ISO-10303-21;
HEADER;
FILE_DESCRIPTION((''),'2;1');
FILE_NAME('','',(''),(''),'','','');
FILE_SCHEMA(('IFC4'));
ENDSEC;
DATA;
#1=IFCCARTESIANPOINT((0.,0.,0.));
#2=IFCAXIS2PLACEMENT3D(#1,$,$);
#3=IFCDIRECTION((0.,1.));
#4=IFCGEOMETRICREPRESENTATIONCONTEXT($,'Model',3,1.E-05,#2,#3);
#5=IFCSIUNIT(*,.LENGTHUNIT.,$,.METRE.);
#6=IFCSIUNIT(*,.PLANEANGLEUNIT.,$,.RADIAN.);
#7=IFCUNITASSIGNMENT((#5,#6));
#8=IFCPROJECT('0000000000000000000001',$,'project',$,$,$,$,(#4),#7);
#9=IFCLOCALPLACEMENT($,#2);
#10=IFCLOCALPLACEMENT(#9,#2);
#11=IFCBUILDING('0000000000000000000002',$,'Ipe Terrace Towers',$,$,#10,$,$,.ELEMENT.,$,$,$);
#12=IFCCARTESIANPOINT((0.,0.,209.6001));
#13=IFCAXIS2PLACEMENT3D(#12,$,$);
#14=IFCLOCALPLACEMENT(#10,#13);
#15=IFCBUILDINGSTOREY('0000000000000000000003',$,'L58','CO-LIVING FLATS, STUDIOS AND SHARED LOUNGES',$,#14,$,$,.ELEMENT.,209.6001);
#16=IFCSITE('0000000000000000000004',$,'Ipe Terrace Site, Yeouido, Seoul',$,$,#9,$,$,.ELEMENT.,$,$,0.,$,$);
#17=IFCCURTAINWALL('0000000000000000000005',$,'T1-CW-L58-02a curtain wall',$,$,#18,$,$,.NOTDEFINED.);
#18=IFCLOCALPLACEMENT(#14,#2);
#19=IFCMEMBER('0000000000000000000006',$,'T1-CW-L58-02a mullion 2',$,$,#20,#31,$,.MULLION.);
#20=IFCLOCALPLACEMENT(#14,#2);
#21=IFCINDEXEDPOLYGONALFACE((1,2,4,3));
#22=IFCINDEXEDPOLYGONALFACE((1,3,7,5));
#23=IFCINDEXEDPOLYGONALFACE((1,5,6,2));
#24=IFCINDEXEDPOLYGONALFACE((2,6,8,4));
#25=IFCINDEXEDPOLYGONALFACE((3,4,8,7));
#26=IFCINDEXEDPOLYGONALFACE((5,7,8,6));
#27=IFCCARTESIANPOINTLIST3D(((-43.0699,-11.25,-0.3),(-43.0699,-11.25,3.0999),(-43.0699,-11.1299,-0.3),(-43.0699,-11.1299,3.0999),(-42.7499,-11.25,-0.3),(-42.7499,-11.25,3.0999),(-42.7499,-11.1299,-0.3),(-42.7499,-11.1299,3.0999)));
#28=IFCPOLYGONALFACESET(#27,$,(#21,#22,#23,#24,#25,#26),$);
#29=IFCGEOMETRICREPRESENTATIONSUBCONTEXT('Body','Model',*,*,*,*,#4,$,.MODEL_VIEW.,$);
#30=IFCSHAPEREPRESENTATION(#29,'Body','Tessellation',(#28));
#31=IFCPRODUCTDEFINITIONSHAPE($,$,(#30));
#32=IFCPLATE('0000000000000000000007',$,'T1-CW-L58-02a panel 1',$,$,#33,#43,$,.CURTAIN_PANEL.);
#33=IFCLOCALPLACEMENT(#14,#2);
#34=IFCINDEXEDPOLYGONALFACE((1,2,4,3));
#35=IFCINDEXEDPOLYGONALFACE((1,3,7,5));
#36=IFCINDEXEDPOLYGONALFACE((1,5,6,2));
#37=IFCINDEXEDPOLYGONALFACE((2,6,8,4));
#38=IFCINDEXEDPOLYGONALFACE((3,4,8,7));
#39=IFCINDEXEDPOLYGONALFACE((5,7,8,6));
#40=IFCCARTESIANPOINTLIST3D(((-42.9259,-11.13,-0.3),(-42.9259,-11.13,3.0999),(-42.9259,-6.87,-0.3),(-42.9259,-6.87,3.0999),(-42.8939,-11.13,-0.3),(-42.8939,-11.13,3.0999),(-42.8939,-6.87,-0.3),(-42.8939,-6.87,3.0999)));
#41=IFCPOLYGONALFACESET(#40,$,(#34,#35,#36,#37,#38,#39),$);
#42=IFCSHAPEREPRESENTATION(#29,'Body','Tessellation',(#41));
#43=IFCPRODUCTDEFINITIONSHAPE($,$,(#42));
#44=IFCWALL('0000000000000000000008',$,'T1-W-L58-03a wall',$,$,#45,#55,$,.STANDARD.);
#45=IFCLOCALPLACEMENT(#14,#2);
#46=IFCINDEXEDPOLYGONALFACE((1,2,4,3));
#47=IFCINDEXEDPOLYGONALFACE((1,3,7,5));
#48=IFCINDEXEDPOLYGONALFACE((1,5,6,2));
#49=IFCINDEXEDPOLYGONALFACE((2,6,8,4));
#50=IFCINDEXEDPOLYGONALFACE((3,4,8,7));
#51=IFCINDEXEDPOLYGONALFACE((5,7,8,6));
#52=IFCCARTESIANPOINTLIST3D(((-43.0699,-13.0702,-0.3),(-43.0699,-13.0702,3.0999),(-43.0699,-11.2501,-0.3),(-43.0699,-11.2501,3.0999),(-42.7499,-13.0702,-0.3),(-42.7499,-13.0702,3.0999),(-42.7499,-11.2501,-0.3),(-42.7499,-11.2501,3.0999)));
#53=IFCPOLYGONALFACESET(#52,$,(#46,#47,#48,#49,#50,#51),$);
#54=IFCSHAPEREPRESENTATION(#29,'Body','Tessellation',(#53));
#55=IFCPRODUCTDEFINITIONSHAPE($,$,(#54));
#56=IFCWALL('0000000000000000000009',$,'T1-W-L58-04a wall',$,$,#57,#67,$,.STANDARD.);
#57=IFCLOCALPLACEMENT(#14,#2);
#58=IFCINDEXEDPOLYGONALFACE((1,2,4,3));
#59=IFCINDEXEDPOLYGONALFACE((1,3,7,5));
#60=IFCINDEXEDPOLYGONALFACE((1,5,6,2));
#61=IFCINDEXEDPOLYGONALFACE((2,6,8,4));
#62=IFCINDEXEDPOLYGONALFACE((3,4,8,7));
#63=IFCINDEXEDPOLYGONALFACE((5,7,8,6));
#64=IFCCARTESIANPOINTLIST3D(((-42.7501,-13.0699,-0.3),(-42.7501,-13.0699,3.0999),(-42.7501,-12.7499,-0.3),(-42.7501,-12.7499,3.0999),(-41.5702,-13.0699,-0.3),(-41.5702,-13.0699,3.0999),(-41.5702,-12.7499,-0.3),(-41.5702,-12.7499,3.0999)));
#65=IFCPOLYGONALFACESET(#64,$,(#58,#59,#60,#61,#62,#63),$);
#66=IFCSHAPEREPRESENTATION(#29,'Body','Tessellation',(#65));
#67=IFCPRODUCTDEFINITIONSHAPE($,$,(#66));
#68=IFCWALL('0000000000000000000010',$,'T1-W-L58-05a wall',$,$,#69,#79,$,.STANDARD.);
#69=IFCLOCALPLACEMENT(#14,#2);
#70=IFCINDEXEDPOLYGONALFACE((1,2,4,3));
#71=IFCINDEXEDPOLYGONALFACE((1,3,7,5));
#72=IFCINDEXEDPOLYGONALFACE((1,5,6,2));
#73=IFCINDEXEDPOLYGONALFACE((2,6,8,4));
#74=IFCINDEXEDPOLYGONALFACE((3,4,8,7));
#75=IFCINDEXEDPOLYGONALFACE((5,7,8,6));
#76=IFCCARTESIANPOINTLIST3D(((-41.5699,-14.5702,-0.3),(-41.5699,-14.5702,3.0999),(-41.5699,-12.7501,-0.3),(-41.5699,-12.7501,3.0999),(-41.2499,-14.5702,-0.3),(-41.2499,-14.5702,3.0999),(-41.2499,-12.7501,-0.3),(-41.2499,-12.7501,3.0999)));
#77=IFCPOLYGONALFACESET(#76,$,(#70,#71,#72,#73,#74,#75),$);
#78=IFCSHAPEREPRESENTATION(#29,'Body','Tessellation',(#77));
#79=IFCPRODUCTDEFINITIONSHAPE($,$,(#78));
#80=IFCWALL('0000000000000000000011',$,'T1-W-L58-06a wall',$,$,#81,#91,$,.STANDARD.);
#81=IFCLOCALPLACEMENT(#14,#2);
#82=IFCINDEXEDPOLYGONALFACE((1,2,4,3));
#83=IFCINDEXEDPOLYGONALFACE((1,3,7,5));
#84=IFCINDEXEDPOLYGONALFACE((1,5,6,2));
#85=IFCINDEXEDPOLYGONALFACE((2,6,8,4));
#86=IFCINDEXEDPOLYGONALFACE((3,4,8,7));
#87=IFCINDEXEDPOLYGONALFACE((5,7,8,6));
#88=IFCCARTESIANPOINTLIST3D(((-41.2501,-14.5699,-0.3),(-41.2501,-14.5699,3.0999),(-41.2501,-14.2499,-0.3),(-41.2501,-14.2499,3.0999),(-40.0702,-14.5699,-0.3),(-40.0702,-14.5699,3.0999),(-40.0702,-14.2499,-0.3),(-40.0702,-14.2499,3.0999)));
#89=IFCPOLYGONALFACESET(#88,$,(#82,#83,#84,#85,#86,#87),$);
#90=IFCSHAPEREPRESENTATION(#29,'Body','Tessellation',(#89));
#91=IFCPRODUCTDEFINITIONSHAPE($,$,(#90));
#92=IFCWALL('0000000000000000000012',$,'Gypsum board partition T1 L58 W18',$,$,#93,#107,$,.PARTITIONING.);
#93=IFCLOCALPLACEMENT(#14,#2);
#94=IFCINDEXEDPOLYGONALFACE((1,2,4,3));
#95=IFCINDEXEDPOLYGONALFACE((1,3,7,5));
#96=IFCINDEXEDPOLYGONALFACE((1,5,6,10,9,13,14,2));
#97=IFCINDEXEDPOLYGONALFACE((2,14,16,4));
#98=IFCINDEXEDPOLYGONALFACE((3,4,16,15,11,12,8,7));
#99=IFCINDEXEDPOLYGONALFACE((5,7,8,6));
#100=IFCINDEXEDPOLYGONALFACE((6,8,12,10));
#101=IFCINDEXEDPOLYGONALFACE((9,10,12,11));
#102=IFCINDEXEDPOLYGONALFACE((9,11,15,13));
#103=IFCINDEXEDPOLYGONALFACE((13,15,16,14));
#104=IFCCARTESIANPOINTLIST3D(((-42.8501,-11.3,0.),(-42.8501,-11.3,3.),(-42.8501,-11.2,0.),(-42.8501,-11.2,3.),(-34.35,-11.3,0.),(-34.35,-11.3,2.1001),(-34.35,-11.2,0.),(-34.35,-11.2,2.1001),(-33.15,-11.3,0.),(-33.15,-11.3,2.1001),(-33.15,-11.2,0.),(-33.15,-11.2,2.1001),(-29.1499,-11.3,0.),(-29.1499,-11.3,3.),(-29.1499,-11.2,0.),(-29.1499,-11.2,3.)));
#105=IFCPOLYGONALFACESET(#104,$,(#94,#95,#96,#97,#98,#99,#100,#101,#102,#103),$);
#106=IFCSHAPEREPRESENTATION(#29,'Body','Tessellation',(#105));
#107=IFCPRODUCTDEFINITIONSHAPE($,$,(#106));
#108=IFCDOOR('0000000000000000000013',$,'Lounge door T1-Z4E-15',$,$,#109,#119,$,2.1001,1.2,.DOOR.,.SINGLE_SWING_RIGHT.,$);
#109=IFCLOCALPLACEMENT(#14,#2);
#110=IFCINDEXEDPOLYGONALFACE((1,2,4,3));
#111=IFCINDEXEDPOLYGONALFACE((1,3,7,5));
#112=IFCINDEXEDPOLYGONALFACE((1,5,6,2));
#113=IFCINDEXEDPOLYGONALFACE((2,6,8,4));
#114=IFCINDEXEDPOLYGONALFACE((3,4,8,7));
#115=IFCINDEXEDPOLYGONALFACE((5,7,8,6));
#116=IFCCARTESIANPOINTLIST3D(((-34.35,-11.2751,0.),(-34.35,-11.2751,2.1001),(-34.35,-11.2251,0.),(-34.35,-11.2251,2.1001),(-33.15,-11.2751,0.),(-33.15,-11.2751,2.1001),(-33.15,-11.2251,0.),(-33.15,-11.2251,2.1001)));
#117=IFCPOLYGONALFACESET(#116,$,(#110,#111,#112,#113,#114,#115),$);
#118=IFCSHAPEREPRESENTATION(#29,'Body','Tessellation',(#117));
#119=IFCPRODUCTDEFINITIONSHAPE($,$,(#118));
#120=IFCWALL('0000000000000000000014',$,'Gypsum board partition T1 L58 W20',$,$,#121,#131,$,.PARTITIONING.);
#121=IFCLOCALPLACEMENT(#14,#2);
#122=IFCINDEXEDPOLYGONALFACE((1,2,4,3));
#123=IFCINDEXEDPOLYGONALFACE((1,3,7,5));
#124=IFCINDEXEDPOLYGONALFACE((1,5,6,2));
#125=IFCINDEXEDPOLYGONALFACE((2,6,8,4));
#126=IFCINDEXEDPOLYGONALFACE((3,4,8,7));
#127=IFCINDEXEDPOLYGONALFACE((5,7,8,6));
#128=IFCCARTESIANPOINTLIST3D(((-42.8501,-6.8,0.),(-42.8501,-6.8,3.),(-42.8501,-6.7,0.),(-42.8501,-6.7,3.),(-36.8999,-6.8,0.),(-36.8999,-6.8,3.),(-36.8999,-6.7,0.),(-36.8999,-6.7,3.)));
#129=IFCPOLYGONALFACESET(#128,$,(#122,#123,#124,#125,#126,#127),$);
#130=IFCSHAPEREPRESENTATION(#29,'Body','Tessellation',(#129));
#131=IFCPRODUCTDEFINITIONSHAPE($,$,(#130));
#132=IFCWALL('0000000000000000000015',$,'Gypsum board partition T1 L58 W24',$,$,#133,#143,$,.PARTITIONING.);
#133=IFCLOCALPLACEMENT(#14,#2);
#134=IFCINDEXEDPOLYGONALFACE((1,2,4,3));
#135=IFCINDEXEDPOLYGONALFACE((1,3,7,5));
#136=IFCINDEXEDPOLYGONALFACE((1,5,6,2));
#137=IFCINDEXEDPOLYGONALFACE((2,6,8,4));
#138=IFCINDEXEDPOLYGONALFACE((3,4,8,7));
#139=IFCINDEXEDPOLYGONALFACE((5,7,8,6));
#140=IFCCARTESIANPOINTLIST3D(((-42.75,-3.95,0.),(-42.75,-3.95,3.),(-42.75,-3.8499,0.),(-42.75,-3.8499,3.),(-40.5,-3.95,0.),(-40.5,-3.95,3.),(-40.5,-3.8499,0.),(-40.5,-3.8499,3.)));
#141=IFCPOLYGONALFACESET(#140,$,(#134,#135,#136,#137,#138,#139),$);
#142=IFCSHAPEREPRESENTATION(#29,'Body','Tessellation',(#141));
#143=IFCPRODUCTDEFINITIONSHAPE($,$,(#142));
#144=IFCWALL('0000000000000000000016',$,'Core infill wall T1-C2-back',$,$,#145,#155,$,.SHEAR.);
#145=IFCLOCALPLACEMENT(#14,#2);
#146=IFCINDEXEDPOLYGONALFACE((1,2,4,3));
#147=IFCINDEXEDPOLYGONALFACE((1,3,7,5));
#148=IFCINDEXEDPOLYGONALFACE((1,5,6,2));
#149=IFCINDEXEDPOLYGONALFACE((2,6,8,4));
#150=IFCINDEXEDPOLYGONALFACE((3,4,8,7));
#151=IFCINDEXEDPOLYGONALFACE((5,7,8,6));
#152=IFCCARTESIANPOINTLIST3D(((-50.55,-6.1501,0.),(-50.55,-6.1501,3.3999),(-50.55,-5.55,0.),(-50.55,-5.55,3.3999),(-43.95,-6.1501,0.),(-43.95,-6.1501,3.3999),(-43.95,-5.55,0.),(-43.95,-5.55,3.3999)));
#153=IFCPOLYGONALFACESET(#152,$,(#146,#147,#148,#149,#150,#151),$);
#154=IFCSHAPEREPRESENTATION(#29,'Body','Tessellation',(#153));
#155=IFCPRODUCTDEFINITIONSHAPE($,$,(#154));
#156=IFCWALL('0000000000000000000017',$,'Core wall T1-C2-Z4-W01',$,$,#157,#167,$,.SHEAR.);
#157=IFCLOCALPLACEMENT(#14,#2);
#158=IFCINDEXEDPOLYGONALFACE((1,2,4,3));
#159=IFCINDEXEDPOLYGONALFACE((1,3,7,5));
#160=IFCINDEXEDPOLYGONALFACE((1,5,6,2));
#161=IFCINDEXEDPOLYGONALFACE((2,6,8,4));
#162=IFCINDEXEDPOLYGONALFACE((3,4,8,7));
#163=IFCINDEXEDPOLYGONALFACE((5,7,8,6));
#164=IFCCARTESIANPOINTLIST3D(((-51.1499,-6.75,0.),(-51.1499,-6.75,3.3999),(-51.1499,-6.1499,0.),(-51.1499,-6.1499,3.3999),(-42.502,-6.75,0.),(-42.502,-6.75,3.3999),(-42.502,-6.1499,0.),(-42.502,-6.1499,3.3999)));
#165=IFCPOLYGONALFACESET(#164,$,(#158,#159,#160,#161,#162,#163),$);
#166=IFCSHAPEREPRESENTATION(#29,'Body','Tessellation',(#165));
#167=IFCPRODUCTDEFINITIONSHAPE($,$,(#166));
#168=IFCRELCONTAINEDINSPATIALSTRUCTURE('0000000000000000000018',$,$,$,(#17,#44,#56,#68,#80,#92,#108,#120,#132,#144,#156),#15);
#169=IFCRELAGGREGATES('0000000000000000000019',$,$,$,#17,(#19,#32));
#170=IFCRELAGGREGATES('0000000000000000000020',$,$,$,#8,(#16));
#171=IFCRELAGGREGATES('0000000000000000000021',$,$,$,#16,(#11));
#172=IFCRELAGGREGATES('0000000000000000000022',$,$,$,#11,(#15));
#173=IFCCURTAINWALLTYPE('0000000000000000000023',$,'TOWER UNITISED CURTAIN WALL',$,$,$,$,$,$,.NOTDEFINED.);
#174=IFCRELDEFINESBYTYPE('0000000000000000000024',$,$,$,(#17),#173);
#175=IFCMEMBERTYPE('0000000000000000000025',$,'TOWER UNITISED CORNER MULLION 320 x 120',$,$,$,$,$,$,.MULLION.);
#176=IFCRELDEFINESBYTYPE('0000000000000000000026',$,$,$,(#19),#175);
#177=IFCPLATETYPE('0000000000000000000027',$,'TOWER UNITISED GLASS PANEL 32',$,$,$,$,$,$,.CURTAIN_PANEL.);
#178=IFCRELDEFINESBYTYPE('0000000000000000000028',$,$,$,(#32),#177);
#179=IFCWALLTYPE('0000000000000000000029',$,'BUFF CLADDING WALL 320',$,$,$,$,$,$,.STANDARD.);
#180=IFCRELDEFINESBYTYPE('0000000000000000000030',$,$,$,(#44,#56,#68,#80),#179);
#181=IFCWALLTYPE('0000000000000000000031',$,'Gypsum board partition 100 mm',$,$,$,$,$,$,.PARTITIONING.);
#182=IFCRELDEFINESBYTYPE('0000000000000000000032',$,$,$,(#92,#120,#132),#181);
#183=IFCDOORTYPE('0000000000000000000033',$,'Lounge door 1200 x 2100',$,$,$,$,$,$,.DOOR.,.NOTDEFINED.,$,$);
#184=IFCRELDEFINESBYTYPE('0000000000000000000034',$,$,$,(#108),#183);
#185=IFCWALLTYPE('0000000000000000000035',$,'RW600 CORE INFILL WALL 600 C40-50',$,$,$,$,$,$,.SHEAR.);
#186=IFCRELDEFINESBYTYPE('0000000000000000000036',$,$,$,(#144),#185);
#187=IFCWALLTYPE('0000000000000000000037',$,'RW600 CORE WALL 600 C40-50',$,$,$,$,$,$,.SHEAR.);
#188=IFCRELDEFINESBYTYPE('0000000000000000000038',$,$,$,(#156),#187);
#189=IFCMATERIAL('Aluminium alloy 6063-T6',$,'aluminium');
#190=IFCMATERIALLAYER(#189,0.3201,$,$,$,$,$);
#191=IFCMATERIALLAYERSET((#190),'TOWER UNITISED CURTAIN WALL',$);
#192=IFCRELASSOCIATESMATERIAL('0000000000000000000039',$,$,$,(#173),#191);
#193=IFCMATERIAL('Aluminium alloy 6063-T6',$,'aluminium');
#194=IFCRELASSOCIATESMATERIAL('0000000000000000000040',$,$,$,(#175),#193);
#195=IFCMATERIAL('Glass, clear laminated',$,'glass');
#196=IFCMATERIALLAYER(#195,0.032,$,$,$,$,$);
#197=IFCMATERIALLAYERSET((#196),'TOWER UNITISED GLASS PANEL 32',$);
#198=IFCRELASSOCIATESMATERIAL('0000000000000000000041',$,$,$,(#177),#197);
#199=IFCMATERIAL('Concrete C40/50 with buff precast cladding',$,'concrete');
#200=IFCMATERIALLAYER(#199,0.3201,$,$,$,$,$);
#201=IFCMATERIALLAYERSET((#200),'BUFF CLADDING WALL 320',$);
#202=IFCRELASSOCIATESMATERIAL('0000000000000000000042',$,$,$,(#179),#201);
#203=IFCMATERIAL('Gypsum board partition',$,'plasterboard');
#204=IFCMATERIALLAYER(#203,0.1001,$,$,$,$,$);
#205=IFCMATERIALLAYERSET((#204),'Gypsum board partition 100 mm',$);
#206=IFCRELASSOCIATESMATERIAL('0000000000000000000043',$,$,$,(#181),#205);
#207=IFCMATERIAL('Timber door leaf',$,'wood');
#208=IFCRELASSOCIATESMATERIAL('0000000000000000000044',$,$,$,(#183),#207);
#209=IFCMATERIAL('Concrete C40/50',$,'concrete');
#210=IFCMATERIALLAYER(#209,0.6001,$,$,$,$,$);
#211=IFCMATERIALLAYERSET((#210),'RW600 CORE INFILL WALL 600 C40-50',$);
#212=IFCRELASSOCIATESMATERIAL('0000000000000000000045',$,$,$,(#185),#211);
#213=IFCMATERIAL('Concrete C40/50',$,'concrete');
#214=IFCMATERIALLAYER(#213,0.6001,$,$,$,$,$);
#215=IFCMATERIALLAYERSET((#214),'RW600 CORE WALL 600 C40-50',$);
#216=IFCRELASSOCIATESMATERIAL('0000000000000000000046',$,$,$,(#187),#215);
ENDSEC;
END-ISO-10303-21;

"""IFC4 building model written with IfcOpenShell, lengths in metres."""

from ifc_helpers import new_model, si_unit, direction, frame, frame_2d, origin, origin_2d, place, context, subcontext, project, spatial, rectangle, extrude, material, layer, layer_set, material_profile, profile_set, type_object, element, fill, aggregate, save


model = new_model("IFC4")

# Units and contexts
model_context = context("Model", 3, precision=1e-05, world=origin(), true_north=direction((0.0, 1.0)))
body_context = subcontext(model_context, "Body", "Model", "MODEL_VIEW")
ifc_project = project(units=[si_unit("LENGTHUNIT", "METRE"), si_unit("PLANEANGLEUNIT", "RADIAN")], contexts=[model_context])

# Site, building, storey
site_placement = place(None, origin())
site = spatial("IfcSite", under=ifc_project, at=site_placement, Name="Ipe Terrace Site, Yeouido, Seoul", CompositionType="ELEMENT", RefElevation=0.0)
building_placement = place(site_placement, origin())
building = spatial("IfcBuilding", under=site, at=building_placement, Name="Ipe Terrace Towers", CompositionType="ELEMENT")
storey_placement = place(building_placement, frame((0.0, 0.0, 209.6001)))
storey = spatial("IfcBuildingStorey", under=building, at=storey_placement, Name="L58", Description="CO-LIVING FLATS, STUDIOS AND SHARED LOUNGES", CompositionType="ELEMENT", Elevation=209.6001)

# Curtain wall, member, plate
ifc_material_1 = material(Name="Aluminium alloy 6063-T6", Category="aluminium")
ifc_layer_1 = layer(ifc_material_1, 0.3201)
ifc_layer_set_1 = layer_set([ifc_layer_1], Name="TOWER UNITISED CURTAIN WALL")
curtain_wall_type = type_object("IfcCurtainWallType", Name="TOWER UNITISED CURTAIN WALL", PredefinedType="NOTDEFINED", material=ifc_layer_set_1)
curtain_wall_placement = place(storey_placement, origin())
curtain_wall = element("IfcCurtainWall", 1, at=curtain_wall_placement, inside=storey, type_object=curtain_wall_type, Name="T1-CW-L58-02a curtain wall", PredefinedType="NOTDEFINED")
ifc_material_2 = material(Name="Aluminium alloy 6063-T6", Category="aluminium")
ifc_material_profile_1 = material_profile(ifc_material_2, rectangle(XDim=0.3201, YDim=0.1201, at=origin_2d()), Name="TOWER UNITISED CORNER MULLION 320 x 120")
ifc_profile_set_1 = profile_set([ifc_material_profile_1], Name="Aluminium alloy 6063-T6")
member_type = type_object("IfcMemberType", Name="TOWER UNITISED CORNER MULLION 320 x 120", PredefinedType="MULLION", material=ifc_profile_set_1)
member_1_placement = place(storey_placement, frame((-42.9099, -11.1899, -0.3), z_axis=(0.0, 0.0, 1.0), x_axis=(-1.0, 0.0, 0.0)))
member_1 = element("IfcMember", 2, at=member_1_placement, type_object=member_type, Name="T1-CW-L58-02a mullion 2", PredefinedType="MULLION", context=body_context, shape_type="SweptSolid", body=[
    extrude(rectangle(XDim=0.3201, YDim=0.1201, at=origin_2d()), origin(), (0.0, 0.0, 1.0), 3.3999),
])
ifc_material_3 = material(Name="Glass, clear laminated", Category="glass")
ifc_layer_2 = layer(ifc_material_3, 0.032)
ifc_layer_set_2 = layer_set([ifc_layer_2], Name="TOWER UNITISED GLASS PANEL 32")
plate_type = type_object("IfcPlateType", Name="TOWER UNITISED GLASS PANEL 32", PredefinedType="CURTAIN_PANEL", material=ifc_layer_set_2)
plate_placement = place(storey_placement, frame((-42.9099, -9.0, -0.3), z_axis=(0.0, 0.0, 1.0), x_axis=(0.0, -1.0, 0.0)))
plate = element("IfcPlate", 3, at=plate_placement, type_object=plate_type, Name="T1-CW-L58-02a panel 1", PredefinedType="CURTAIN_PANEL", context=body_context, shape_type="SweptSolid", body=[
    extrude(rectangle(XDim=4.26, YDim=0.032, at=origin_2d()), origin(), (0.0, 0.0, 1.0), 3.3999),
])
aggregate(curtain_wall, [member_1, plate])

# Walls
ifc_material_4 = material(Name="Concrete C40/50 with buff precast cladding", Category="concrete")
ifc_layer_3 = layer(ifc_material_4, 0.3201)
ifc_layer_set_3 = layer_set([ifc_layer_3], Name="BUFF CLADDING WALL 320")
wall_type_1 = type_object("IfcWallType", Name="BUFF CLADDING WALL 320", PredefinedType="STANDARD", material=ifc_layer_set_3)
wall_1_placement = place(storey_placement, frame((-42.9099, -11.25, -0.3), z_axis=(0.0, 0.0, 1.0), x_axis=(0.0, -1.0, 0.0)))
element("IfcWall", 4, at=wall_1_placement, inside=storey, type_object=wall_type_1, Name="T1-W-L58-03a wall", PredefinedType="STANDARD", context=body_context, shape_type="SweptSolid", body=[
    extrude(rectangle(XDim=1.8201, YDim=0.3201, at=frame_2d((0.9102, 0.0))), origin(), (0.0, 0.0, 1.0), 3.3999),
])
wall_2_placement = place(storey_placement, frame((-42.75, -12.9099, -0.3), z_axis=(0.0, 0.0, 1.0), x_axis=(1.0, 0.0, 0.0)))
element("IfcWall", 5, at=wall_2_placement, inside=storey, type_object=wall_type_1, Name="T1-W-L58-04a wall", PredefinedType="STANDARD", context=body_context, shape_type="SweptSolid", body=[
    extrude(rectangle(XDim=1.1799, YDim=0.3201, at=frame_2d((0.5898, 0.0))), origin(), (0.0, 0.0, 1.0), 3.3999),
])
wall_3_placement = place(storey_placement, frame((-41.4099, -12.75, -0.3), z_axis=(0.0, 0.0, 1.0), x_axis=(0.0, -1.0, 0.0)))
element("IfcWall", 6, at=wall_3_placement, inside=storey, type_object=wall_type_1, Name="T1-W-L58-05a wall", PredefinedType="STANDARD", context=body_context, shape_type="SweptSolid", body=[
    extrude(rectangle(XDim=1.8201, YDim=0.3201, at=frame_2d((0.9102, 0.0))), origin(), (0.0, 0.0, 1.0), 3.3999),
])
wall_4_placement = place(storey_placement, frame((-41.25, -14.4099, -0.3), z_axis=(0.0, 0.0, 1.0), x_axis=(1.0, 0.0, 0.0)))
element("IfcWall", 7, at=wall_4_placement, inside=storey, type_object=wall_type_1, Name="T1-W-L58-06a wall", PredefinedType="STANDARD", context=body_context, shape_type="SweptSolid", body=[
    extrude(rectangle(XDim=1.1799, YDim=0.3201, at=frame_2d((0.5898, 0.0))), origin(), (0.0, 0.0, 1.0), 3.3999),
])

# Wall, opening, door
ifc_material_5 = material(Name="Gypsum board partition", Category="plasterboard")
ifc_layer_4 = layer(ifc_material_5, 0.1001)
ifc_layer_set_4 = layer_set([ifc_layer_4], Name="Gypsum board partition 100 mm")
wall_type_2 = type_object("IfcWallType", Name="Gypsum board partition 100 mm", PredefinedType="PARTITIONING", material=ifc_layer_set_4)
wall_5_placement = place(storey_placement, frame((-42.8501, -11.25, 0.0), z_axis=(0.0, 0.0, 1.0), x_axis=(1.0, 0.0, 0.0)))
wall_5 = element("IfcWall", 8, at=wall_5_placement, inside=storey, type_object=wall_type_2, Name="Gypsum board partition T1 L58 W18", PredefinedType="PARTITIONING", context=body_context, shape_type="SweptSolid", body=[
    extrude(rectangle(XDim=13.7002, YDim=0.1001, at=frame_2d((6.8501, 0.0))), origin(), (0.0, 0.0, 1.0), 3.0),
])
opening_1_placement = place(wall_5_placement, frame((8.5, 0.0, 0.0)))
opening_1 = element("IfcOpeningElement", 9, at=opening_1_placement, cuts=wall_5, PredefinedType="OPENING", context=body_context, shape_type="SweptSolid", body=[
    extrude(rectangle(XDim=1.2, YDim=2.1001, at=frame_2d((0.6001, 1.05))), frame((0.0, 0.0601, 0.0), z_axis=(0.0, -1.0, 0.0), x_axis=(1.0, 0.0, 0.0)), (0.0, 0.0, 1.0), 0.1201),
])
ifc_material_6 = material(Name="Timber door leaf", Category="wood")
door_type_1 = type_object("IfcDoorType", Name="Lounge door 1200 x 2100", OperationType="NOTDEFINED", PredefinedType="DOOR", material=ifc_material_6)
door_1_placement = place(opening_1_placement, origin())
door_1 = element("IfcDoor", 10, at=door_1_placement, inside=storey, type_object=door_type_1, Name="Lounge door T1-Z4E-15", OperationType="SINGLE_SWING_RIGHT", OverallHeight=2.1001, OverallWidth=1.2, PredefinedType="DOOR", context=body_context, shape_type="SweptSolid", body=[
    extrude(rectangle(XDim=1.2, YDim=2.1001, at=frame_2d((0.6001, 1.05))), frame((0.0, 0.0249, 0.0), z_axis=(0.0, -1.0, 0.0), x_axis=(1.0, 0.0, 0.0)), (0.0, 0.0, 1.0), 0.05),
])
fill(opening_1, door_1)

# Walls
wall_6_placement = place(storey_placement, frame((-42.8501, -6.75, 0.0), z_axis=(0.0, 0.0, 1.0), x_axis=(1.0, 0.0, 0.0)))
element("IfcWall", 11, at=wall_6_placement, inside=storey, type_object=wall_type_2, Name="Gypsum board partition T1 L58 W20", PredefinedType="PARTITIONING", context=body_context, shape_type="SweptSolid", body=[
    extrude(rectangle(XDim=5.9502, YDim=0.1001, at=frame_2d((2.9751, 0.0))), origin(), (0.0, 0.0, 1.0), 3.0),
])
wall_7_placement = place(storey_placement, frame((-42.75, -3.8999, 0.0), z_axis=(0.0, 0.0, 1.0), x_axis=(1.0, 0.0, 0.0)))
element("IfcWall", 12, at=wall_7_placement, inside=storey, type_object=wall_type_2, Name="Gypsum board partition T1 L58 W24", PredefinedType="PARTITIONING", context=body_context, shape_type="SweptSolid", body=[
    extrude(rectangle(XDim=2.25, YDim=0.1001, at=frame_2d((1.125, 0.0))), origin(), (0.0, 0.0, 1.0), 3.0),
])
ifc_material_7 = material(Name="Concrete C40/50", Category="concrete")
ifc_layer_5 = layer(ifc_material_7, 0.6001)
ifc_layer_set_5 = layer_set([ifc_layer_5], Name="RW600 CORE INFILL WALL 600 C40-50")
wall_type_3 = type_object("IfcWallType", Name="RW600 CORE INFILL WALL 600 C40-50", PredefinedType="SHEAR", material=ifc_layer_set_5)
wall_8_placement = place(storey_placement, frame((-43.95, -5.8501, 0.0), z_axis=(0.0, 0.0, 1.0), x_axis=(-1.0, 0.0, 0.0)))
element("IfcWall", 13, at=wall_8_placement, inside=storey, type_object=wall_type_3, Name="Core infill wall T1-C2-back", PredefinedType="SHEAR", context=body_context, shape_type="SweptSolid", body=[
    extrude(rectangle(XDim=6.6001, YDim=0.6001, at=frame_2d((3.3, 0.0))), origin(), (0.0, 0.0, 1.0), 3.3999),
])
ifc_material_8 = material(Name="Concrete C40/50", Category="concrete")
ifc_layer_6 = layer(ifc_material_8, 0.6001)
ifc_layer_set_6 = layer_set([ifc_layer_6], Name="RW600 CORE WALL 600 C40-50")
wall_type_4 = type_object("IfcWallType", Name="RW600 CORE WALL 600 C40-50", PredefinedType="SHEAR", material=ifc_layer_set_6)
wall_9_placement = place(storey_placement, frame((-51.1499, -6.45, 0.0), z_axis=(0.0, 0.0, 1.0), x_axis=(1.0, 0.0, 0.0)))
element("IfcWall", 14, at=wall_9_placement, inside=storey, type_object=wall_type_4, Name="Core wall T1-C2-Z4-W01", PredefinedType="SHEAR", context=body_context, shape_type="SweptSolid", body=[
    extrude(rectangle(XDim=8.6479, YDim=0.6001, at=frame_2d((4.324, 0.0))), origin(), (0.0, 0.0, 1.0), 3.3999),
])

save(model, "model.ifc")
